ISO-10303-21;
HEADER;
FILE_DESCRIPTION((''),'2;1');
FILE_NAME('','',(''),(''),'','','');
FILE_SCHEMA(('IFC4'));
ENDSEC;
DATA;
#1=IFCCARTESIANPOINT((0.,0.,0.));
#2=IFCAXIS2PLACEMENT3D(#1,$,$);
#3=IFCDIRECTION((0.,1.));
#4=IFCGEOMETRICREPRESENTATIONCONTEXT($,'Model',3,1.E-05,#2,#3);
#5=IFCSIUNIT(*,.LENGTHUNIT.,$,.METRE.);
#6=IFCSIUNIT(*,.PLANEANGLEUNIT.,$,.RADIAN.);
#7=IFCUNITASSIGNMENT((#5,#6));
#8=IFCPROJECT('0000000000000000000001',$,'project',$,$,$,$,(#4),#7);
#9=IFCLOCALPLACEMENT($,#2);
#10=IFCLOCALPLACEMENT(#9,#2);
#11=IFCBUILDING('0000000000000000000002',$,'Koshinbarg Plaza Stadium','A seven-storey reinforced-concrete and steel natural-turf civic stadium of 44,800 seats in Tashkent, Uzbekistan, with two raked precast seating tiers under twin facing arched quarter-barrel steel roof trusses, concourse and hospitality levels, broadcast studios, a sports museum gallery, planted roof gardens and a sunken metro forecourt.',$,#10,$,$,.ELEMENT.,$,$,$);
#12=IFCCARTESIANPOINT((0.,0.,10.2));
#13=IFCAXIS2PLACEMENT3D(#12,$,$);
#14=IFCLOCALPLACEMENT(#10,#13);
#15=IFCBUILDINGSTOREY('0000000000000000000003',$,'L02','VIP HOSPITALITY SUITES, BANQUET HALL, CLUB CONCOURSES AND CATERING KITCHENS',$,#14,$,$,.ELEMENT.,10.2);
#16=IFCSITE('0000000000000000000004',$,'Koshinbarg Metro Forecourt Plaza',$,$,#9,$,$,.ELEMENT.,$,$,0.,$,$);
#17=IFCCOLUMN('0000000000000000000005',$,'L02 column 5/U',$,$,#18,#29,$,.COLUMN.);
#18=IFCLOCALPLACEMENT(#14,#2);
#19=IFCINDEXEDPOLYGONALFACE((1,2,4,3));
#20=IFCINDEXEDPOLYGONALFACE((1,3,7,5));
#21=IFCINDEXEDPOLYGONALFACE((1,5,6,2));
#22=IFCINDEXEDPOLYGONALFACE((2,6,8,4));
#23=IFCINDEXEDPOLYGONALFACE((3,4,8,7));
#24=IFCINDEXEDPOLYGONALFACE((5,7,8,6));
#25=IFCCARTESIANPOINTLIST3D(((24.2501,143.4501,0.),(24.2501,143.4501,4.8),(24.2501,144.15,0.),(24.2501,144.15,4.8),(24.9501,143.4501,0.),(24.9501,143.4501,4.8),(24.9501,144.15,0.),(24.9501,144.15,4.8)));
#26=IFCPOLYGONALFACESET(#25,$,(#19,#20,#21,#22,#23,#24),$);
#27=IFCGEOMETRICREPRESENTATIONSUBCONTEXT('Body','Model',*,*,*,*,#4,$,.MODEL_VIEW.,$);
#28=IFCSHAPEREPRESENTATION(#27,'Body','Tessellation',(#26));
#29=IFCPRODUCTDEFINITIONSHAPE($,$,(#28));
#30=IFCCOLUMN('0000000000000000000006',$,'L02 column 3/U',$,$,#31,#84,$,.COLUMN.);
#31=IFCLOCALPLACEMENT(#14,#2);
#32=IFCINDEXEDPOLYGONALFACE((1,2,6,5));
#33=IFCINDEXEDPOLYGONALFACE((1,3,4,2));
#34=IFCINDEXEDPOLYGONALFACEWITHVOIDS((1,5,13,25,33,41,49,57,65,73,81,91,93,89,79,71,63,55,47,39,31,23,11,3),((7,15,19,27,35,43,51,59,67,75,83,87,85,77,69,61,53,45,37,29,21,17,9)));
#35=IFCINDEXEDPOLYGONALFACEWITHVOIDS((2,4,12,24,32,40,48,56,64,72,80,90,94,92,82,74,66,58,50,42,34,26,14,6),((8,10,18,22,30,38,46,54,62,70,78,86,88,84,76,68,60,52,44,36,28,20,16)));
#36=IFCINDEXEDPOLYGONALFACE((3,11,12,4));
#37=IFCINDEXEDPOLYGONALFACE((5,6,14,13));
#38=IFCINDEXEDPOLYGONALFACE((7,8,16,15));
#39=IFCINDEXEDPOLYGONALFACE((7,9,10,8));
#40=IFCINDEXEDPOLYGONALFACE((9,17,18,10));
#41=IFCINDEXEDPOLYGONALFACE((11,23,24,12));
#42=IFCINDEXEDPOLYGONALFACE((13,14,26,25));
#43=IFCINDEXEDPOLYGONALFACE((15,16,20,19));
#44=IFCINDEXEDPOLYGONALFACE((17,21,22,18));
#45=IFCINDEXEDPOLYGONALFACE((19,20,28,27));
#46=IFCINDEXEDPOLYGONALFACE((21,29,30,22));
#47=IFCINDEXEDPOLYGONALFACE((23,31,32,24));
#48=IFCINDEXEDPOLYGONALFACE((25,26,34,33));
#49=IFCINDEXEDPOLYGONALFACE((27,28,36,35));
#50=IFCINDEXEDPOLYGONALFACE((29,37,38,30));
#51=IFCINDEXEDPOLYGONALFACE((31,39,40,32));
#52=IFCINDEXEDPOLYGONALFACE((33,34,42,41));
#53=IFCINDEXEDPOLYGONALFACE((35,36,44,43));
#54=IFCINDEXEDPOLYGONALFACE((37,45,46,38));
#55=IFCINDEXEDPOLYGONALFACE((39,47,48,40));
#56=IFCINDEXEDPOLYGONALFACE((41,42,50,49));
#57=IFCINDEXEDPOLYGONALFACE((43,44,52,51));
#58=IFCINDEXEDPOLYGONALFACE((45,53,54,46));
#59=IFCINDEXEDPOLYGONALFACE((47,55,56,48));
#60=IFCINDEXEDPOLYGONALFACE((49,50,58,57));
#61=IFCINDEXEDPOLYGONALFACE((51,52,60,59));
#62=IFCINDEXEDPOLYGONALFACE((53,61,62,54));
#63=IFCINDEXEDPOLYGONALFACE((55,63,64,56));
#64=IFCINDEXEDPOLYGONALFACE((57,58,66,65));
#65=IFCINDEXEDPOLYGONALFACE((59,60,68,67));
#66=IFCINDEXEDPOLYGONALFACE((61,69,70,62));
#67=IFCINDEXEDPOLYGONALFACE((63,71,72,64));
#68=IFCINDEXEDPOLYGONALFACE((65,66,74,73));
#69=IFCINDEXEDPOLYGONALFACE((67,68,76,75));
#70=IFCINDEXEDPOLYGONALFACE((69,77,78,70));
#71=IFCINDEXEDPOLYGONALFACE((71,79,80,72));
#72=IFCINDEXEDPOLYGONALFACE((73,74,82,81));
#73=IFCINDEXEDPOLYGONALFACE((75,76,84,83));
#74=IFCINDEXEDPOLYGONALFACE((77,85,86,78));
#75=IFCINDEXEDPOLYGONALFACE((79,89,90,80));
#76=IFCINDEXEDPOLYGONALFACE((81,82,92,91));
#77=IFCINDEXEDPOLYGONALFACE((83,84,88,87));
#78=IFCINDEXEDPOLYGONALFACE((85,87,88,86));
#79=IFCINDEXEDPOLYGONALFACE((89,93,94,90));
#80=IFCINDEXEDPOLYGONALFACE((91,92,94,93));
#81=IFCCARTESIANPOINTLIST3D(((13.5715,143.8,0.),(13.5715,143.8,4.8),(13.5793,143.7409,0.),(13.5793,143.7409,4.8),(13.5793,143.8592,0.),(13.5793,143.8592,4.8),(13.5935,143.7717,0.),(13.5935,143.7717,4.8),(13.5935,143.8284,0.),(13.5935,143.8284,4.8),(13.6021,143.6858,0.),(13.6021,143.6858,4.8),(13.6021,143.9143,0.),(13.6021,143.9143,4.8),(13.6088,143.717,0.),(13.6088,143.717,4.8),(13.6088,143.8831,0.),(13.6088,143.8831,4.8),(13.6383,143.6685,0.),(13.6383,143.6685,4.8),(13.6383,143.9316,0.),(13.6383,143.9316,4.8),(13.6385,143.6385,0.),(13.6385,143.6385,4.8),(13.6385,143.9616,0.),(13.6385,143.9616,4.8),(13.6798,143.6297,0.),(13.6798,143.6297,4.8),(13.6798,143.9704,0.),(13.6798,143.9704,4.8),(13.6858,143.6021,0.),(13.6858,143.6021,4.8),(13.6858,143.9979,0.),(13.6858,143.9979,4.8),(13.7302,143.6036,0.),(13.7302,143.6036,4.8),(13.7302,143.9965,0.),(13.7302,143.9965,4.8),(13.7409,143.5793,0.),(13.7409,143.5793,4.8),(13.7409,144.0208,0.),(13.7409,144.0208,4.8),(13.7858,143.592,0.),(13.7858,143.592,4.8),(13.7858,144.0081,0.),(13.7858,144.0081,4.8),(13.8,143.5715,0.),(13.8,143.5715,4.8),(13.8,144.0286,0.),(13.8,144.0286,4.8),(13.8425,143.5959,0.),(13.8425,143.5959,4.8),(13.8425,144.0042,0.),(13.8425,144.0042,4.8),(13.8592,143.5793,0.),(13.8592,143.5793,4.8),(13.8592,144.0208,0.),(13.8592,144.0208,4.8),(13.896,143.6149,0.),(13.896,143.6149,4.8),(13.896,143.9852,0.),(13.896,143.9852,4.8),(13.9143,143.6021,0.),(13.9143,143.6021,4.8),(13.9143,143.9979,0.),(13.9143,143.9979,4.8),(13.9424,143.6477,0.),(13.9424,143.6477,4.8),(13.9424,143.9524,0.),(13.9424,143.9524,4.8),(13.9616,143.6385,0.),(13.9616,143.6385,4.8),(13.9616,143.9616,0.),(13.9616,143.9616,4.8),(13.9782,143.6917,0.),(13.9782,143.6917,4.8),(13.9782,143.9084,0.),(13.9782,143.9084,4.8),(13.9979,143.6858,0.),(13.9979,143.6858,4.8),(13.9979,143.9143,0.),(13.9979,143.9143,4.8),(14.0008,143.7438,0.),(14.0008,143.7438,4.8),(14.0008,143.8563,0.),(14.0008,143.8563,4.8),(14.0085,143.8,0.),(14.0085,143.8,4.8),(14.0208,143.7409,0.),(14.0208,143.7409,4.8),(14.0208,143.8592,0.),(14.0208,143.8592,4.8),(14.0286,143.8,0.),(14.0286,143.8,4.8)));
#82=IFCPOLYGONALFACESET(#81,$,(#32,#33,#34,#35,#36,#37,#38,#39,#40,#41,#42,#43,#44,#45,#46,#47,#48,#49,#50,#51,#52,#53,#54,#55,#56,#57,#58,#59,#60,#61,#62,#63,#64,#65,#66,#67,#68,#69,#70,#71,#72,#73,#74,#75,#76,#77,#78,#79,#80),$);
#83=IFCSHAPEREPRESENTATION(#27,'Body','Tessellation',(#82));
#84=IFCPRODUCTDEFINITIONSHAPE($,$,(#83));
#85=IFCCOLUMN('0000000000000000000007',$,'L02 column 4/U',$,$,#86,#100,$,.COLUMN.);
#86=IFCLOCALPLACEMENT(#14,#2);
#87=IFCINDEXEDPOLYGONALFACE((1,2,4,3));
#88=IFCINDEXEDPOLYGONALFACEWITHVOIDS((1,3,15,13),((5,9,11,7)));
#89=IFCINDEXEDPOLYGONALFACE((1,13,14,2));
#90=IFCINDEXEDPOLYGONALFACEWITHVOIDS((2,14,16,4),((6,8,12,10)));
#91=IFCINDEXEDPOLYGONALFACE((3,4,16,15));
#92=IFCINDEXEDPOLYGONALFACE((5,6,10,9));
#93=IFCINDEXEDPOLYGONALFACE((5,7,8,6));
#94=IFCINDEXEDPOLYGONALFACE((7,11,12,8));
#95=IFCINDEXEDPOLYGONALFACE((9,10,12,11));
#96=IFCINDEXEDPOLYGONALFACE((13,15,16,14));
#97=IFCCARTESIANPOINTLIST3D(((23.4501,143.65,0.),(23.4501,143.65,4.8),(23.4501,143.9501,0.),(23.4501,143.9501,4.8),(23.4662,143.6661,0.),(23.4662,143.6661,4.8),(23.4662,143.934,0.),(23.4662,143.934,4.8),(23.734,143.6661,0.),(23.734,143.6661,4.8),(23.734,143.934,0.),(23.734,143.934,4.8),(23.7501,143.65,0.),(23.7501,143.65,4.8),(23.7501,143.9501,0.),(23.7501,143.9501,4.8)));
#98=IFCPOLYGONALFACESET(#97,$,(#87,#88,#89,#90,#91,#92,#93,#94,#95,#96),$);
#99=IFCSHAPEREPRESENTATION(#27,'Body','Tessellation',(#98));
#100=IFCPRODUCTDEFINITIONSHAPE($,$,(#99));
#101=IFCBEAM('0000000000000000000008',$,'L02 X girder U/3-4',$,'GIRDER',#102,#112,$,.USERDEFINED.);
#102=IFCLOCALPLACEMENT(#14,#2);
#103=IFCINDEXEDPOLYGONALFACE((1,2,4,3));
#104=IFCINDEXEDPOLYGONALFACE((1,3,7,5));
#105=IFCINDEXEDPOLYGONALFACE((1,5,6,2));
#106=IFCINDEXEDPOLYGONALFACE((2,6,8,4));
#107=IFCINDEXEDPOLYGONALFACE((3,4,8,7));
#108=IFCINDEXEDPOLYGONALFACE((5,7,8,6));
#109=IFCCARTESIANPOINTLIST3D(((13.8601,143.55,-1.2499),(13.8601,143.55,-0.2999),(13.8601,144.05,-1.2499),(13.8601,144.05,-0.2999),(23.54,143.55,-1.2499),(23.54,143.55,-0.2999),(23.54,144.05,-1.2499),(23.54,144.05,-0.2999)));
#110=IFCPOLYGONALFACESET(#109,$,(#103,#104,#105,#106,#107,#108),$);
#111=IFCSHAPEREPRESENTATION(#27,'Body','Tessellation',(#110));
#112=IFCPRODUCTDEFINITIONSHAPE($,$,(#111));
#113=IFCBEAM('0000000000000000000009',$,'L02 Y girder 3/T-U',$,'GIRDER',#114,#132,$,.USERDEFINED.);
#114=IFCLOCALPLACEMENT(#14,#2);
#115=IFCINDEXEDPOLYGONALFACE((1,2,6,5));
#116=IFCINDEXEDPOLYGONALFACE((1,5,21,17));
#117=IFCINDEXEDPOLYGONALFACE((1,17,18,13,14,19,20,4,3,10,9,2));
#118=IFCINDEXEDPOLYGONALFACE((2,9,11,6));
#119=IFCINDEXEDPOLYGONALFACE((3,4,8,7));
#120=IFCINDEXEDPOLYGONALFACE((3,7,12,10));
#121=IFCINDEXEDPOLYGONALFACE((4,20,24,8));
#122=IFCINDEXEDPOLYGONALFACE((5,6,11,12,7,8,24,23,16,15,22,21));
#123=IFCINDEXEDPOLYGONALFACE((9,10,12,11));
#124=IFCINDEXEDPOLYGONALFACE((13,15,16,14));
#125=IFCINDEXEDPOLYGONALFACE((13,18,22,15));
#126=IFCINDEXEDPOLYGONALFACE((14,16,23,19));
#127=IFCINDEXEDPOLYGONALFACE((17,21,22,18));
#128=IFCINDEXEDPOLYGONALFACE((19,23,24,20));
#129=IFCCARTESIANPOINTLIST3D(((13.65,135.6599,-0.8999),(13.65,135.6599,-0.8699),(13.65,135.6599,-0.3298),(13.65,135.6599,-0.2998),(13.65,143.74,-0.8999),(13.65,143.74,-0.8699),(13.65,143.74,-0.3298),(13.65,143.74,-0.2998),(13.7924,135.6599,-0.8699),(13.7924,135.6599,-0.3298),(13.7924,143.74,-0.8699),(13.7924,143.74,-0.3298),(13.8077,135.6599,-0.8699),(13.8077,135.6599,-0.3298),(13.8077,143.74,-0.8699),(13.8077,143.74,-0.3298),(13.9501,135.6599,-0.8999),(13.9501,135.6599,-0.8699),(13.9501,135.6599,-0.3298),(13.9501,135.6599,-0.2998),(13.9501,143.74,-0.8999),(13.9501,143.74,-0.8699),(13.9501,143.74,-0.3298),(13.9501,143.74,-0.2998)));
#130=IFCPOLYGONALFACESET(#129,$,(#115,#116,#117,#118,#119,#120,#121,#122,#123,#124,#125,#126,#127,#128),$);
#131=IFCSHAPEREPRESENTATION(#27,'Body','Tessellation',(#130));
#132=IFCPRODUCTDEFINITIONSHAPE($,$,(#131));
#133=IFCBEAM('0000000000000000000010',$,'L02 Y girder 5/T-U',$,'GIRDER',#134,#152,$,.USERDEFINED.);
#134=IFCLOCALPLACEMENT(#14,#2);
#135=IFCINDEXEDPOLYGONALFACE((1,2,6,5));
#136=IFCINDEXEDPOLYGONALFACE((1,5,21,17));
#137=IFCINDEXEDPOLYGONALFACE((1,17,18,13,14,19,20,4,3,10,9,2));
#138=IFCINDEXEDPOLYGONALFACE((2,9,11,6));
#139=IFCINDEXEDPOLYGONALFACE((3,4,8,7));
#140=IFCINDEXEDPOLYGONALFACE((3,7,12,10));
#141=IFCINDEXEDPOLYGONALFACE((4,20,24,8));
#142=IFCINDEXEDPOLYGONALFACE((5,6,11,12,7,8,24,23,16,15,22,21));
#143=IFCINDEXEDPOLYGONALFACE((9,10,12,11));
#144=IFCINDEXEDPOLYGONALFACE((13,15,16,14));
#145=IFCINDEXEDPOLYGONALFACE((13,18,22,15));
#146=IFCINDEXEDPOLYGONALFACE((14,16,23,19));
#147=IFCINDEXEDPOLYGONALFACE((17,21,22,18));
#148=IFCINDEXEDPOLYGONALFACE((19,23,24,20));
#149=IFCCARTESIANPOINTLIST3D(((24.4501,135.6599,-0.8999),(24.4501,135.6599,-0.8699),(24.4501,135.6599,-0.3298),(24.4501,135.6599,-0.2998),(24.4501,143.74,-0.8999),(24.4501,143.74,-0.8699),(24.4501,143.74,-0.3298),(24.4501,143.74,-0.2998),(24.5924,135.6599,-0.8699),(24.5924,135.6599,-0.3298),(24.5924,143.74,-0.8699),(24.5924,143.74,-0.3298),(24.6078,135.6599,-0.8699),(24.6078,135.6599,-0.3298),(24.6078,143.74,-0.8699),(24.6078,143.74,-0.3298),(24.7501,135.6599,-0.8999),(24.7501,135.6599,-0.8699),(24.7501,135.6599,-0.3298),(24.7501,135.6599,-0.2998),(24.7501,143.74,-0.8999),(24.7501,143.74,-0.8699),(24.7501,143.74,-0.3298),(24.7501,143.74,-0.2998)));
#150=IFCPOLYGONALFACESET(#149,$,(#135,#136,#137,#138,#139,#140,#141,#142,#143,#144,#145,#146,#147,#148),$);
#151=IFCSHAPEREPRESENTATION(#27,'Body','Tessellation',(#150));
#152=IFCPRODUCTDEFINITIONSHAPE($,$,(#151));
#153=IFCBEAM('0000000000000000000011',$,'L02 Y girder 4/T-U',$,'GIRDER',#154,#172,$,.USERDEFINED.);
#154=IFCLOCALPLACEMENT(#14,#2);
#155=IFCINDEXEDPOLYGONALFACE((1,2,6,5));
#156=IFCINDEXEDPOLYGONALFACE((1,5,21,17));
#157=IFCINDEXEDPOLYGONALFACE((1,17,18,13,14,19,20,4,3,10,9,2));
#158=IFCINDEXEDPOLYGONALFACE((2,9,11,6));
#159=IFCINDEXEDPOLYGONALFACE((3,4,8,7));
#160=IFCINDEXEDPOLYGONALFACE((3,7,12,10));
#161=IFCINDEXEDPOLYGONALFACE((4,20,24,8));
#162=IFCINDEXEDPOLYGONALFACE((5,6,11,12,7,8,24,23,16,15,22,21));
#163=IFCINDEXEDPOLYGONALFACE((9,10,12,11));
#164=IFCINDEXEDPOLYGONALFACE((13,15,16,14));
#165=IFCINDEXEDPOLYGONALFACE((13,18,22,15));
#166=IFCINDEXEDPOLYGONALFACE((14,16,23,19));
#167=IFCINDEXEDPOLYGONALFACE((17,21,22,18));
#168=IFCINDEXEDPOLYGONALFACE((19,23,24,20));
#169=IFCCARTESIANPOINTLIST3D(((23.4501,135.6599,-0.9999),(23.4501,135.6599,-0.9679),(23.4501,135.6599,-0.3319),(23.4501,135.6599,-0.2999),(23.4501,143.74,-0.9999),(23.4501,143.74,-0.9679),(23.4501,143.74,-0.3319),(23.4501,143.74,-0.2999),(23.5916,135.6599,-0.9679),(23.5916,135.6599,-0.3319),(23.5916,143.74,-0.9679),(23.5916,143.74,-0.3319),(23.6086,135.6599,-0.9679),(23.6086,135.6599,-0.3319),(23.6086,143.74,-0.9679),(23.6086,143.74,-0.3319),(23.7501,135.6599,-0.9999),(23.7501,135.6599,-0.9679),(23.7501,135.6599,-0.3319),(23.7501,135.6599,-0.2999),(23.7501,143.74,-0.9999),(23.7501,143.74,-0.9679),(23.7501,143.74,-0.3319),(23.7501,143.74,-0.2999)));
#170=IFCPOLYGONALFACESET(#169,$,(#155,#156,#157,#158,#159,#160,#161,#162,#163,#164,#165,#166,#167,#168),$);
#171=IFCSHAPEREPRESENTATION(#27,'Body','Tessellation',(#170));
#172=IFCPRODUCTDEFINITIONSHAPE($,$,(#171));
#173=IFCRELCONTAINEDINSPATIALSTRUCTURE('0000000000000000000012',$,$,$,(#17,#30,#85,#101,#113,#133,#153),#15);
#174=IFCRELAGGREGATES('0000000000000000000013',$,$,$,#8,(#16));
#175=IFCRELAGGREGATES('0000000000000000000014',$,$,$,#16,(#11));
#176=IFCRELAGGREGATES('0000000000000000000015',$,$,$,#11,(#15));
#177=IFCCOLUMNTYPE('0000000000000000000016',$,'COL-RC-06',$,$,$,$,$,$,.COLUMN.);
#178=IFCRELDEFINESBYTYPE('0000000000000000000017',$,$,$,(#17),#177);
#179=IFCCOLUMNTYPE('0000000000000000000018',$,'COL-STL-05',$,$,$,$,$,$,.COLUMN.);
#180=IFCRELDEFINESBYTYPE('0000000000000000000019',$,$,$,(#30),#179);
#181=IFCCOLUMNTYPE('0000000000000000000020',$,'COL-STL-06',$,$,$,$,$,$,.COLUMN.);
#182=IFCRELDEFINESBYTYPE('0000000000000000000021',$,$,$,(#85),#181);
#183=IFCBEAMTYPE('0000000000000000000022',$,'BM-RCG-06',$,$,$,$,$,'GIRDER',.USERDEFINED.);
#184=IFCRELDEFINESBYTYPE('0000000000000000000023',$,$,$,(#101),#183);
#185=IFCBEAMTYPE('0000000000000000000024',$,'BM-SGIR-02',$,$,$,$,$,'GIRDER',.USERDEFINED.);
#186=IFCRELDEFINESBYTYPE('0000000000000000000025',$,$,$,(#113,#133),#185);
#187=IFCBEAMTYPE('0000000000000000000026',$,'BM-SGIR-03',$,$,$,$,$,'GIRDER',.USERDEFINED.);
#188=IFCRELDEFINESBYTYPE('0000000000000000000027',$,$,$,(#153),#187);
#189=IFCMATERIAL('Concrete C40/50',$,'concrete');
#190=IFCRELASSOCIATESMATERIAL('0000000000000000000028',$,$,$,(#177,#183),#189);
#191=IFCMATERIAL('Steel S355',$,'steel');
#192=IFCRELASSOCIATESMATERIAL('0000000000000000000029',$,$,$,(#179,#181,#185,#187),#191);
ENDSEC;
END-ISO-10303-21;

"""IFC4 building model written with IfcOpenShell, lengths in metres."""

from ifc_helpers import new_model, si_unit, direction, frame, origin, origin_2d, place, context, subcontext, project, spatial, rectangle, hollow_rectangle, hollow_circle, i_section, extrude, material, material_profile, profile_set, type_object, element, save


model = new_model("IFC4")

# Units and contexts
model_context = context("Model", 3, precision=1e-05, world=origin(), true_north=direction((0.0, 1.0)))
body_context = subcontext(model_context, "Body", "Model", "MODEL_VIEW")
ifc_project = project(units=[si_unit("LENGTHUNIT", "METRE"), si_unit("PLANEANGLEUNIT", "RADIAN")], contexts=[model_context])

# Site, building, storey
site_placement = place(None, origin())
site = spatial("IfcSite", under=ifc_project, at=site_placement, Name="Koshinbarg Metro Forecourt Plaza", CompositionType="ELEMENT", RefElevation=0.0)
building_placement = place(site_placement, origin())
building = spatial("IfcBuilding", under=site, at=building_placement, Name="Koshinbarg Plaza Stadium", Description="A seven-storey reinforced-concrete and steel natural-turf civic stadium of 44,800 seats in Tashkent, Uzbekistan, with two raked precast seating tiers under twin facing arched quarter-barrel steel roof trusses, concourse and hospitality levels, broadcast studios, a sports museum gallery, planted roof gardens and a sunken metro forecourt.", CompositionType="ELEMENT")
storey_placement = place(building_placement, frame((0.0, 0.0, 10.2)))
storey = spatial("IfcBuildingStorey", under=building, at=storey_placement, Name="L02", Description="VIP HOSPITALITY SUITES, BANQUET HALL, CLUB CONCOURSES AND CATERING KITCHENS", CompositionType="ELEMENT", Elevation=10.2)

# Columns
ifc_material_1 = material(Name="Concrete C40/50", Category="concrete")
ifc_material_profile_1 = material_profile(ifc_material_1, rectangle(XDim=0.7, YDim=0.7, at=origin_2d()), Name="RC 700x700")
ifc_profile_set_1 = profile_set([ifc_material_profile_1], Name="Concrete C40/50")
column_type_1 = type_object("IfcColumnType", Name="COL-RC-06", PredefinedType="COLUMN", material=ifc_profile_set_1)
column_1_placement = place(storey_placement, frame((24.6001, 143.8, 0.0), z_axis=(0.0, 0.0, 1.0), x_axis=(1.0, 0.0, 0.0)))
element("IfcColumn", 1, at=column_1_placement, inside=storey, type_object=column_type_1, Name="L02 column 5/U", PredefinedType="COLUMN", context=body_context, shape_type="SweptSolid", body=[
    extrude(rectangle(XDim=0.7, YDim=0.7, at=origin_2d()), origin(), (0.0, 0.0, 1.0), 4.8),
])
ifc_material_2 = material(Name="Steel S355", Category="steel")
ifc_material_profile_2 = material_profile(ifc_material_2, hollow_circle(Radius=0.2285, WallThickness=0.02, at=origin_2d()), Name="CHS 457x20")
ifc_profile_set_2 = profile_set([ifc_material_profile_2], Name="Steel S355")
column_type_2 = type_object("IfcColumnType", Name="COL-STL-05", PredefinedType="COLUMN", material=ifc_profile_set_2)
column_2_placement = place(storey_placement, frame((13.8, 143.8, 0.0), z_axis=(0.0, 0.0, 1.0), x_axis=(1.0, 0.0, 0.0)))
element("IfcColumn", 2, at=column_2_placement, inside=storey, type_object=column_type_2, Name="L02 column 3/U", PredefinedType="COLUMN", context=body_context, shape_type="SweptSolid", body=[
    extrude(hollow_circle(Radius=0.2285, WallThickness=0.02, at=origin_2d()), origin(), (0.0, 0.0, 1.0), 4.8),
])
ifc_material_profile_3 = material_profile(ifc_material_2, hollow_rectangle(XDim=0.3, YDim=0.3, WallThickness=0.0161, at=origin_2d()), Name="SHS 300x300x16")
ifc_profile_set_3 = profile_set([ifc_material_profile_3], Name="Steel S355")
column_type_3 = type_object("IfcColumnType", Name="COL-STL-06", PredefinedType="COLUMN", material=ifc_profile_set_3)
column_3_placement = place(storey_placement, frame((23.6001, 143.8, 0.0), z_axis=(0.0, 0.0, 1.0), x_axis=(1.0, 0.0, 0.0)))
element("IfcColumn", 3, at=column_3_placement, inside=storey, type_object=column_type_3, Name="L02 column 4/U", PredefinedType="COLUMN", context=body_context, shape_type="SweptSolid", body=[
    extrude(hollow_rectangle(XDim=0.3, YDim=0.3, WallThickness=0.0161, at=origin_2d()), origin(), (0.0, 0.0, 1.0), 4.8),
])

# Beams
ifc_material_profile_4 = material_profile(ifc_material_1, rectangle(XDim=0.5, YDim=0.95, at=origin_2d()), Name="RC 500x950")
ifc_profile_set_4 = profile_set([ifc_material_profile_4], Name="Concrete C40/50")
beam_type_1 = type_object("IfcBeamType", Name="BM-RCG-06", ElementType="GIRDER", PredefinedType="USERDEFINED", material=ifc_profile_set_4)
beam_1_placement = place(storey_placement, frame((13.8601, 143.8, -0.7749), z_axis=(1.0, 0.0, 0.0), x_axis=(0.0, 1.0, 0.0)))
element("IfcBeam", 4, at=beam_1_placement, inside=storey, type_object=beam_type_1, Name="L02 X girder U/3-4", ObjectType="GIRDER", PredefinedType="USERDEFINED", context=body_context, shape_type="SweptSolid", body=[
    extrude(rectangle(XDim=0.5, YDim=0.95, at=origin_2d()), origin(), (0.0, 0.0, 1.0), 9.6799),
])
ifc_material_profile_5 = material_profile(ifc_material_2, i_section(OverallWidth=0.3, OverallDepth=0.6001, WebThickness=0.0154, FlangeThickness=0.03, at=origin_2d()), Name="HEB 600")
ifc_profile_set_5 = profile_set([ifc_material_profile_5], Name="Steel S355")
beam_type_2 = type_object("IfcBeamType", Name="BM-SGIR-02", ElementType="GIRDER", PredefinedType="USERDEFINED", material=ifc_profile_set_5)
for number, where, z_axis, x_axis, name in (
    (5, (13.8, 135.6599, -0.5999), (0.0, 1.0, 0.0), (-1.0, 0.0, 0.0), "L02 Y girder 3/T-U"),
    (6, (24.6001, 135.6599, -0.5999), (0.0, 1.0, 0.0), (-1.0, 0.0, 0.0), "L02 Y girder 5/T-U"),
):
    element("IfcBeam", number, at=place(storey_placement, frame(where, z_axis=z_axis, x_axis=x_axis)), inside=storey, type_object=beam_type_2, Name=name, ObjectType="GIRDER", PredefinedType="USERDEFINED", context=body_context, shape_type="SweptSolid", body=[
        extrude(i_section(OverallWidth=0.3, OverallDepth=0.6001, WebThickness=0.0154, FlangeThickness=0.03, at=origin_2d()), origin(), (0.0, 0.0, 1.0), 8.0801),
    ])
ifc_material_profile_6 = material_profile(ifc_material_2, i_section(OverallWidth=0.3, OverallDepth=0.7, WebThickness=0.0171, FlangeThickness=0.032, at=origin_2d()), Name="HEB 700")
ifc_profile_set_6 = profile_set([ifc_material_profile_6], Name="Steel S355")
beam_type_3 = type_object("IfcBeamType", Name="BM-SGIR-03", ElementType="GIRDER", PredefinedType="USERDEFINED", material=ifc_profile_set_6)
beam_2_placement = place(storey_placement, frame((23.6001, 135.6599, -0.6499), z_axis=(0.0, 1.0, 0.0), x_axis=(-1.0, 0.0, 0.0)))
element("IfcBeam", 7, at=beam_2_placement, inside=storey, type_object=beam_type_3, Name="L02 Y girder 4/T-U", ObjectType="GIRDER", PredefinedType="USERDEFINED", context=body_context, shape_type="SweptSolid", body=[
    extrude(i_section(OverallWidth=0.3, OverallDepth=0.7, WebThickness=0.0171, FlangeThickness=0.032, at=origin_2d()), origin(), (0.0, 0.0, 1.0), 8.0801),
])

save(model, "model.ifc")
